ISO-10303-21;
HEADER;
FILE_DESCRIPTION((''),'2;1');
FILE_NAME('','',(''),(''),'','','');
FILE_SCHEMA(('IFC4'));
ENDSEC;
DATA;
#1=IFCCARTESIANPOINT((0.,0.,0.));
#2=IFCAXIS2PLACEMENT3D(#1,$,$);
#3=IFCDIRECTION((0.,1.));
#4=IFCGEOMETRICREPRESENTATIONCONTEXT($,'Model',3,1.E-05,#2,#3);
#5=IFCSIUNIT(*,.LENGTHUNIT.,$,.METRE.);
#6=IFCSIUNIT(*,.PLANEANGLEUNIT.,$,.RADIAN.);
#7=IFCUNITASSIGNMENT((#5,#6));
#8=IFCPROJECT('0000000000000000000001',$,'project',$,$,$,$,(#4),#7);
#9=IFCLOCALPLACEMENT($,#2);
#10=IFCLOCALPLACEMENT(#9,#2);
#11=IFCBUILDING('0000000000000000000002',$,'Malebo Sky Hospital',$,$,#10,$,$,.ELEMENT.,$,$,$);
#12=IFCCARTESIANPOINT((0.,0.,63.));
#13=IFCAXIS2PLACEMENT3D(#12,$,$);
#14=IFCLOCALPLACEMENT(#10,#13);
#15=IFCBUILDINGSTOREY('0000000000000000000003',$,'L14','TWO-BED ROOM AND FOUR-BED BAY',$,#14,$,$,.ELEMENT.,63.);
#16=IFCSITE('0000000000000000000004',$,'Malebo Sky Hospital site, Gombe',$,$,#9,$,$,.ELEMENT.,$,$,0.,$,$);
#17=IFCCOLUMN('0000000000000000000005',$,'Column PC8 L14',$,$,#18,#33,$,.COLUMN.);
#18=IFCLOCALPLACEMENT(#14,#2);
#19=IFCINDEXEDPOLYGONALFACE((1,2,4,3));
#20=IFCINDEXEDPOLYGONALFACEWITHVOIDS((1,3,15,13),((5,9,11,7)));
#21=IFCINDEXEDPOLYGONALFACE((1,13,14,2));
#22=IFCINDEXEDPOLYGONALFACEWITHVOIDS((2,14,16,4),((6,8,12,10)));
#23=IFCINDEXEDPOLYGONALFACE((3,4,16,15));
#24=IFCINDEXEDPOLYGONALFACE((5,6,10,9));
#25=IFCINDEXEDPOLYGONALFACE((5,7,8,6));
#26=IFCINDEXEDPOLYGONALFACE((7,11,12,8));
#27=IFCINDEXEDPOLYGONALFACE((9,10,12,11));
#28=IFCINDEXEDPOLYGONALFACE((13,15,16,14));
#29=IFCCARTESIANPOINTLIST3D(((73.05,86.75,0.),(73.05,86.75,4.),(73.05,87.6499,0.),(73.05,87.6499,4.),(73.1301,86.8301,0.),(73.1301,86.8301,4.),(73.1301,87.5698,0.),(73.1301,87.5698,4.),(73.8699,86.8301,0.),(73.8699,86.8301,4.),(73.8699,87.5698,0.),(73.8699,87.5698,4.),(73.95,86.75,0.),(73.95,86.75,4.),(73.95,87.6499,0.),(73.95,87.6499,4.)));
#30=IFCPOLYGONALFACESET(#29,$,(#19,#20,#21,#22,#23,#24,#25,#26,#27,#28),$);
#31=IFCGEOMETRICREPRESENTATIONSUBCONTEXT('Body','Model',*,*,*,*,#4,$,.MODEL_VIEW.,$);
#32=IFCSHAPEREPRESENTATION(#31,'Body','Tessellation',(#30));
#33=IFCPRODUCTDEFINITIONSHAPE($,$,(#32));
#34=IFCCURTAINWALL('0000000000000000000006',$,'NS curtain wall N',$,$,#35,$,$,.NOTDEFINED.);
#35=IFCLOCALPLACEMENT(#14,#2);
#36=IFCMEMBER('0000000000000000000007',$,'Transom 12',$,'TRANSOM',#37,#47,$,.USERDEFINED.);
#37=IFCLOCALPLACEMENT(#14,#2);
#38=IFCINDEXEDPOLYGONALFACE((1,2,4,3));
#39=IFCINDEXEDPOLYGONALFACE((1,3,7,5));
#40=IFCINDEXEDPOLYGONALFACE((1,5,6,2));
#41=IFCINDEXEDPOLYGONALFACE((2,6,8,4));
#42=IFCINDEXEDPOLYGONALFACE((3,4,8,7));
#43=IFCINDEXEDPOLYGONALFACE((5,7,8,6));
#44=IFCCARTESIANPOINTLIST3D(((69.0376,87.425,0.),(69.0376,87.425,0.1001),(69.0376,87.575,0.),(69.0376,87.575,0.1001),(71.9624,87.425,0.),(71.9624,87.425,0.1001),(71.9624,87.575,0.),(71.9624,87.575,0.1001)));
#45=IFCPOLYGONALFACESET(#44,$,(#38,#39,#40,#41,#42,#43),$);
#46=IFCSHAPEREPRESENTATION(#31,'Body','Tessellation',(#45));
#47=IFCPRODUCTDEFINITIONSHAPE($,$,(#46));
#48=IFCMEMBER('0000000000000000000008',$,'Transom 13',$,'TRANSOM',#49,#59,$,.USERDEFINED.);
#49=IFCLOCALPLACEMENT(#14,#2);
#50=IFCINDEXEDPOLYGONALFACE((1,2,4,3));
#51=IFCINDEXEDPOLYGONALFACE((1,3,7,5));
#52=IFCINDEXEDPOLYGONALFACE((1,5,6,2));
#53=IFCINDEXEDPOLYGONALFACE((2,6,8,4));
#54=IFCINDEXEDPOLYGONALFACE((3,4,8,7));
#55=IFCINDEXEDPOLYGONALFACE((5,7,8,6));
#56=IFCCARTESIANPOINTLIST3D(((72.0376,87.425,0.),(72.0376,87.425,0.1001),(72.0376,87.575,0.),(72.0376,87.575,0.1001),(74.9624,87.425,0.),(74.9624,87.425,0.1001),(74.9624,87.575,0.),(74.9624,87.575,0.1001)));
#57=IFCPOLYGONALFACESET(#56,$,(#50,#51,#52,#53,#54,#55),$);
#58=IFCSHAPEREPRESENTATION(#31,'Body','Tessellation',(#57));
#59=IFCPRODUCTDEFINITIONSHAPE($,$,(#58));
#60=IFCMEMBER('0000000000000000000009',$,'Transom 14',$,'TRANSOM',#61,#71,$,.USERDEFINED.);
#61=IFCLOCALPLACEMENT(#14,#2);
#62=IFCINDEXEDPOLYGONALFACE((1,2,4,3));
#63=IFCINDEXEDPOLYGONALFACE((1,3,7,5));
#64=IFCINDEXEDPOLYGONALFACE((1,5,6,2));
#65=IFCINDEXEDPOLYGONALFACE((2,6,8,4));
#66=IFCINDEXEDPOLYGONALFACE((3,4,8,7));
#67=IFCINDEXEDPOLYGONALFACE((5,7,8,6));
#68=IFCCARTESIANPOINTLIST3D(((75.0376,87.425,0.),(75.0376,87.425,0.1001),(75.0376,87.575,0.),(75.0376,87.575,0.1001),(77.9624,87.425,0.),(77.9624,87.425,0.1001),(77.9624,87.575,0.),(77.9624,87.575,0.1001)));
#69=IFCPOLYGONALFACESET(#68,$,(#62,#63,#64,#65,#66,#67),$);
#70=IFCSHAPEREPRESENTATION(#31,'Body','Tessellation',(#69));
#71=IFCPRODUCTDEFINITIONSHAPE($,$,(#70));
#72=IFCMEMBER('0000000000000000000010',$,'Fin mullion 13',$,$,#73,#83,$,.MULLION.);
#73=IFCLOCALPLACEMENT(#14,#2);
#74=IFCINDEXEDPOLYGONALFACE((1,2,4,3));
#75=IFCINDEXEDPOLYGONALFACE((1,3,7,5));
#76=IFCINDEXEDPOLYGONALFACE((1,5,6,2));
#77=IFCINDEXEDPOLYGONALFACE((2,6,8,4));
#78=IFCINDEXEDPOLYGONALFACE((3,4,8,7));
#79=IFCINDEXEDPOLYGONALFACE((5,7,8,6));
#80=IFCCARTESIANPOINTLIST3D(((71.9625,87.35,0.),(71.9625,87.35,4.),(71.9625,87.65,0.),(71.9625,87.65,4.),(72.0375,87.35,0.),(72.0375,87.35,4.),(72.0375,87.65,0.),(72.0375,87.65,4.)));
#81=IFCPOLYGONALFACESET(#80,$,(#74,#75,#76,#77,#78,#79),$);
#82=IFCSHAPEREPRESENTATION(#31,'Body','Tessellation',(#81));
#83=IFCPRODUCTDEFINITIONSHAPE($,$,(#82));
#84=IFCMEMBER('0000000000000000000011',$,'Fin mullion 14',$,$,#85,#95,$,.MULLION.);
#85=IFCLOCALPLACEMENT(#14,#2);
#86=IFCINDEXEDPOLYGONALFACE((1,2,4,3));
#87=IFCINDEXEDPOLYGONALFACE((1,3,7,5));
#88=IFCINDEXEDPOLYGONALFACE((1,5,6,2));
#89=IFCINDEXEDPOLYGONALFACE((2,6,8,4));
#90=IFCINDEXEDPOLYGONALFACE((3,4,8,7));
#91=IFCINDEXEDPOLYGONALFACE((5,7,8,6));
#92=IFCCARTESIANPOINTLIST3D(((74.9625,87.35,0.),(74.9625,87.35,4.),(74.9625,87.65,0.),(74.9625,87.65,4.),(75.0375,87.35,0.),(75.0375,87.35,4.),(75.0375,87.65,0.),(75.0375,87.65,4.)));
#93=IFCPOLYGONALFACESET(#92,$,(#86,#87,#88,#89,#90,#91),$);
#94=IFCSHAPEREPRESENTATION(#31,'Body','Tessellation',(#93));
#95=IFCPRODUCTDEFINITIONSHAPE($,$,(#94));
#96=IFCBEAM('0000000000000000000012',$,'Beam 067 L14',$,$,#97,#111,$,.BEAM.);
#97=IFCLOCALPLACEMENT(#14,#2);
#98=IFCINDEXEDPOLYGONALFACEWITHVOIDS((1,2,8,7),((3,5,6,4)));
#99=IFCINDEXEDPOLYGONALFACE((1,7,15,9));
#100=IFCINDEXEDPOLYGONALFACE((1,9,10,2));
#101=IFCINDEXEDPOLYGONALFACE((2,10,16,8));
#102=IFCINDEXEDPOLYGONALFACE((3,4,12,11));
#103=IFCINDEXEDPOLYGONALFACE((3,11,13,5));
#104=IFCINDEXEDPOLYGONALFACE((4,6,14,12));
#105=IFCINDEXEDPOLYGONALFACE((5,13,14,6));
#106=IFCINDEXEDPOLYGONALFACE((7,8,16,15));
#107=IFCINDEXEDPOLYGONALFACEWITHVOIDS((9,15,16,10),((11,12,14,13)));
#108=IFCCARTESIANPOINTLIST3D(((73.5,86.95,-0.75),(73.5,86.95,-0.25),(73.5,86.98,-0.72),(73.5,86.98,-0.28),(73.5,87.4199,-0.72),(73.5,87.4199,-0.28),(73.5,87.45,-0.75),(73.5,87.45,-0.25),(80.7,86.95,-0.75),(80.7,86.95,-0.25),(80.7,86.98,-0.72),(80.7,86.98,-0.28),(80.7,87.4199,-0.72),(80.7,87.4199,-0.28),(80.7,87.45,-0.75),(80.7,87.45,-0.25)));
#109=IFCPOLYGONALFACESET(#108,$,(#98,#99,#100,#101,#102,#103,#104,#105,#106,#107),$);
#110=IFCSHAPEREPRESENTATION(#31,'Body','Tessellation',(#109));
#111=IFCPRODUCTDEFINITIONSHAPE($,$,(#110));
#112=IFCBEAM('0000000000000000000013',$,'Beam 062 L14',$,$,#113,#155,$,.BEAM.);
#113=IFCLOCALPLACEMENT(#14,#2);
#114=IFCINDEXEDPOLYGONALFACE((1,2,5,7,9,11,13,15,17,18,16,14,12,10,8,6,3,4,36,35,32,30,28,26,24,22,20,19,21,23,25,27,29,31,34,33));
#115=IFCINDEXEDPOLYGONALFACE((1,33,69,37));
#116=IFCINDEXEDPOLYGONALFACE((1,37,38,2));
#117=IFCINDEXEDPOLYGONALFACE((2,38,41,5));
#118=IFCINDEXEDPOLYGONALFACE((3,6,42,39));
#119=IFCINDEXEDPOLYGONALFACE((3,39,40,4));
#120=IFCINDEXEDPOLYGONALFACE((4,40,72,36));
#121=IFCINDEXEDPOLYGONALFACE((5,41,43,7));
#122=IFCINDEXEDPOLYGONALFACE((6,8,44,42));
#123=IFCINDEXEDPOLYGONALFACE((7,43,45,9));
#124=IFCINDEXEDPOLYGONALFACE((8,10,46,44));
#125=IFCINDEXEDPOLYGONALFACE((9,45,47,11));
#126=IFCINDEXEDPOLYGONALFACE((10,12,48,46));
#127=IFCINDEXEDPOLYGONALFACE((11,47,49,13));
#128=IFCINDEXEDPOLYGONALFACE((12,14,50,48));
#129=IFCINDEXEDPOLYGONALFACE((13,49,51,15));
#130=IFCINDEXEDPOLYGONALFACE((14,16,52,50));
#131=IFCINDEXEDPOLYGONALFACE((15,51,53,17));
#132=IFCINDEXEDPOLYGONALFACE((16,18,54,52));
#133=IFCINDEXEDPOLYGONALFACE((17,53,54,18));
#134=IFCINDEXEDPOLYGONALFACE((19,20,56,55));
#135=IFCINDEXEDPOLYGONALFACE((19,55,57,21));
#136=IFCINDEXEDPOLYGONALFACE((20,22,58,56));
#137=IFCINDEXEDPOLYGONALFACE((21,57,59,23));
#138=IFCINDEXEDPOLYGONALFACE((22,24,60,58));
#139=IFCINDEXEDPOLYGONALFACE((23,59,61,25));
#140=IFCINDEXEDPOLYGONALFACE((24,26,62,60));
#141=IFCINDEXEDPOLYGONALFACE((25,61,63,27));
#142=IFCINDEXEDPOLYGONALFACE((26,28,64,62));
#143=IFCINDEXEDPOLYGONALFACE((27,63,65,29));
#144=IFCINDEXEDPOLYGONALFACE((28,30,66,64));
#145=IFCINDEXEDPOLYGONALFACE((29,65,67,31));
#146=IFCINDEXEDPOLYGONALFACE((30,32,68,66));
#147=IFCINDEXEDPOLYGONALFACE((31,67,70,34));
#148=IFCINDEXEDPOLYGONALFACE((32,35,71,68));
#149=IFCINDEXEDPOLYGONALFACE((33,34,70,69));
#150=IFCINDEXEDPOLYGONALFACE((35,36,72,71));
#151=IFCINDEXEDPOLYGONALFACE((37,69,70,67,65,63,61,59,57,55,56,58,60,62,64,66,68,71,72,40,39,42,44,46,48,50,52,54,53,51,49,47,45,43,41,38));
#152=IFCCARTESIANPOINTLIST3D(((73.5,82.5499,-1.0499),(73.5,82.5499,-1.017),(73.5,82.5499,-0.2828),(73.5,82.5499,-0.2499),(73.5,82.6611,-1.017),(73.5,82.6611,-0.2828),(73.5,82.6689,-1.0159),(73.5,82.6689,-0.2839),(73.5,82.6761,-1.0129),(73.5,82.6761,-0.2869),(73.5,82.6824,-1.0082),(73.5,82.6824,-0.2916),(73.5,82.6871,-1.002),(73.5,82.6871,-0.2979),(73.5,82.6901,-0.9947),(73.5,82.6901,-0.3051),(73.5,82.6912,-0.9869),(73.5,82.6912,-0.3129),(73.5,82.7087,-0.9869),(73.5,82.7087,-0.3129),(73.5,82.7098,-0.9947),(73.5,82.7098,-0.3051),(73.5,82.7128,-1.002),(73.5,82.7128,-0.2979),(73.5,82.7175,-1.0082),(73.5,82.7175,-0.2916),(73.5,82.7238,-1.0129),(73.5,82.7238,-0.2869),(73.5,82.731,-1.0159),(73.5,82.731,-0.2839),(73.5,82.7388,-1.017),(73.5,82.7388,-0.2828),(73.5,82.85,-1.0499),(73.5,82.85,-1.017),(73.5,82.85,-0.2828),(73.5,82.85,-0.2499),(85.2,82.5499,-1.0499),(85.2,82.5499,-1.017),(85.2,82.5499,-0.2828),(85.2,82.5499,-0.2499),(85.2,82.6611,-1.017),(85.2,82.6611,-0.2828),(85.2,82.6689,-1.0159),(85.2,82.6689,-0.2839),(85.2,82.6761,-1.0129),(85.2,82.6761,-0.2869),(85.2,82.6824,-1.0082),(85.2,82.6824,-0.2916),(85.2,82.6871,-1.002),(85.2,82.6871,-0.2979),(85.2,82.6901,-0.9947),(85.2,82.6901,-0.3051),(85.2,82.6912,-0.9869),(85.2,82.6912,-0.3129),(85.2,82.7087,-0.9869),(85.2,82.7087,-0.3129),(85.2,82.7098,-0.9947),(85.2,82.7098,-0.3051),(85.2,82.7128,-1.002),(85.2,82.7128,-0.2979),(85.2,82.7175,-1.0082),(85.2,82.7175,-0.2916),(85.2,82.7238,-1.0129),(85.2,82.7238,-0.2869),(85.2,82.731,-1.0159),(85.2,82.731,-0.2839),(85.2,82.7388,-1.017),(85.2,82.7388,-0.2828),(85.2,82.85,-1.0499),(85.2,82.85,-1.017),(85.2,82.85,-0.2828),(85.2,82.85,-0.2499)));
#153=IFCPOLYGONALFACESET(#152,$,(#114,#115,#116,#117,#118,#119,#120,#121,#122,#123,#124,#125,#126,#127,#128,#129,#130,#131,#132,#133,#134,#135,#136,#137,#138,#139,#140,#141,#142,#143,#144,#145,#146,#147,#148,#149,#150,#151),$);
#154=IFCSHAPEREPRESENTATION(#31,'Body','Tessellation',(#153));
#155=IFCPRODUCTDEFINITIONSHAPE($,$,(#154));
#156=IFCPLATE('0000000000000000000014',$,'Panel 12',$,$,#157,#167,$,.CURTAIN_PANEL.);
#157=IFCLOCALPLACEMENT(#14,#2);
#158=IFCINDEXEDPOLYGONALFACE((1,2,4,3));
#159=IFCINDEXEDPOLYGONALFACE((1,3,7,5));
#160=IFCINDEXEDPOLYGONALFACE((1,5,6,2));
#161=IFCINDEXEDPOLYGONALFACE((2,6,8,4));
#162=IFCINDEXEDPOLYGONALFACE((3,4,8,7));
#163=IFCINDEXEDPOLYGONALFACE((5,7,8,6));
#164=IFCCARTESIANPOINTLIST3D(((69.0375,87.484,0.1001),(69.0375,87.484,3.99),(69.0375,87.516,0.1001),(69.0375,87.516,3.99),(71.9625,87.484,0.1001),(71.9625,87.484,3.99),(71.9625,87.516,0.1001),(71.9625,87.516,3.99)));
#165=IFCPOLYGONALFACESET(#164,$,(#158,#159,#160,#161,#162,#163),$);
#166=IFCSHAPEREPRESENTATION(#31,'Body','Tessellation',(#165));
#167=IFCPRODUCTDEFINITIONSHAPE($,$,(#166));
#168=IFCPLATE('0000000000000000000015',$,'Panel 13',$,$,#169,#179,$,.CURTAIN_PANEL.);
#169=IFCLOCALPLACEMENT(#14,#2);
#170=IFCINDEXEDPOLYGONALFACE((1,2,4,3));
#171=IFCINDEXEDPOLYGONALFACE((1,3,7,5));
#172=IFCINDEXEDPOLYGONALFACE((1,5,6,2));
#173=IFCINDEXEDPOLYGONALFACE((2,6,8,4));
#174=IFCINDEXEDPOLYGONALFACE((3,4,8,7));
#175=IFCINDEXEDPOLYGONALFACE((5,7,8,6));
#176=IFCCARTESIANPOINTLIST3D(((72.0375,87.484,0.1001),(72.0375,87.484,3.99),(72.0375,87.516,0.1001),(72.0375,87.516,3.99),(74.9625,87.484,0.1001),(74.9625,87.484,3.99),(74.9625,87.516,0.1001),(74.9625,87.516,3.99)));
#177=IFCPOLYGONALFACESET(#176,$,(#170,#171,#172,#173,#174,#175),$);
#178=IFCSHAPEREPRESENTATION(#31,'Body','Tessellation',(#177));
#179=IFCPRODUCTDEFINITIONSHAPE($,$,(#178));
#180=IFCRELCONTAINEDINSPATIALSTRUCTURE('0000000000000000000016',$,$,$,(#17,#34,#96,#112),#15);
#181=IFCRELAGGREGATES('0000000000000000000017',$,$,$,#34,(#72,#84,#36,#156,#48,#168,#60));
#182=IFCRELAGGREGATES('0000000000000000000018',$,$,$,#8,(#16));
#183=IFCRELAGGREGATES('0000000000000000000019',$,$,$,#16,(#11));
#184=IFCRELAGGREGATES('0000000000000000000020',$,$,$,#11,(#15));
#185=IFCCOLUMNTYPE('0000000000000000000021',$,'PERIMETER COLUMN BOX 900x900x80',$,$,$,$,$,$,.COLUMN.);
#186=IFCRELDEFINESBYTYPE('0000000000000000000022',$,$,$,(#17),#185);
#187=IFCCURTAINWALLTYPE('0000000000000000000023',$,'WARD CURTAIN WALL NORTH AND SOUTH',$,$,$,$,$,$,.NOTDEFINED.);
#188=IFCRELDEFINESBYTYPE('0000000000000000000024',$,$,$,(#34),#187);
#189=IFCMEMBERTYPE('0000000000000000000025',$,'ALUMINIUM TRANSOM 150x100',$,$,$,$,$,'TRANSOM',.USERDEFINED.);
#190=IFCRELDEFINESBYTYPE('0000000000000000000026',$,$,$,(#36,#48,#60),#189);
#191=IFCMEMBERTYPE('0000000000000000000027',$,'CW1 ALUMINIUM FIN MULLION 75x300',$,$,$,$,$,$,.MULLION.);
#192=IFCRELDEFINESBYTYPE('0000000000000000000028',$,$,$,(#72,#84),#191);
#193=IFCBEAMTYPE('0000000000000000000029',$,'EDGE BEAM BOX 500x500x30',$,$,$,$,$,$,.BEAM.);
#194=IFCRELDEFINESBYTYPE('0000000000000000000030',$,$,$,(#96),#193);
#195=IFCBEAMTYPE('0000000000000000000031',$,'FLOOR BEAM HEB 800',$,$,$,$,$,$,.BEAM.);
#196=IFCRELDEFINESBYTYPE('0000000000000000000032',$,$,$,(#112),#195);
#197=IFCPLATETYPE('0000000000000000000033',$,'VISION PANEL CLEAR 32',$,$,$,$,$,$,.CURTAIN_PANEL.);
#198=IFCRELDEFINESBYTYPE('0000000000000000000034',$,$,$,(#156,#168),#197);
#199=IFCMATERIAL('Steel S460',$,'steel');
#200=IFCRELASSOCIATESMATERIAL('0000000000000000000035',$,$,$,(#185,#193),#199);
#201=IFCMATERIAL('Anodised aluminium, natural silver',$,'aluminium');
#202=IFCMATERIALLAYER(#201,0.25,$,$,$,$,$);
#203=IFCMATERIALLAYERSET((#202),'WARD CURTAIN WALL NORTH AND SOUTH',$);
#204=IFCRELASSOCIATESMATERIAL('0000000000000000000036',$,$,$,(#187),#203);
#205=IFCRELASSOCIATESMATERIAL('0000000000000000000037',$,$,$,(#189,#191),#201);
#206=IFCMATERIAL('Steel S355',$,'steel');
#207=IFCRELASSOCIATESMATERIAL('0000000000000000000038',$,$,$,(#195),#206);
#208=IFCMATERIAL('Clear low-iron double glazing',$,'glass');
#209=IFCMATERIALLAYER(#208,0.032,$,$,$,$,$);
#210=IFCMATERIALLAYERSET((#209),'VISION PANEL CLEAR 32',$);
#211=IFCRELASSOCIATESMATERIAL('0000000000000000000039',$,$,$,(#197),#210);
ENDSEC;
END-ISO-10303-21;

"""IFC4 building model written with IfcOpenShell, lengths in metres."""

from ifc_helpers import new_model, si_unit, direction, frame, origin, origin_2d, place, context, subcontext, project, spatial, rectangle, hollow_rectangle, i_section, extrude, material, layer, layer_set, material_profile, profile_set, type_object, element, aggregate, save


model = new_model("IFC4")

# Units and contexts
model_context = context("Model", 3, precision=1e-05, world=origin(), true_north=direction((0.0, 1.0)))
body_context = subcontext(model_context, "Body", "Model", "MODEL_VIEW")
ifc_project = project(units=[si_unit("LENGTHUNIT", "METRE"), si_unit("PLANEANGLEUNIT", "RADIAN")], contexts=[model_context])

# Site, building, storey
site_placement = place(None, origin())
site = spatial("IfcSite", under=ifc_project, at=site_placement, Name="Malebo Sky Hospital site, Gombe", CompositionType="ELEMENT", RefElevation=0.0)
building_placement = place(site_placement, origin())
building = spatial("IfcBuilding", under=site, at=building_placement, Name="Malebo Sky Hospital", CompositionType="ELEMENT")
storey_placement = place(building_placement, frame((0.0, 0.0, 63.0)))
storey = spatial("IfcBuildingStorey", under=building, at=storey_placement, Name="L14", Description="TWO-BED ROOM AND FOUR-BED BAY", CompositionType="ELEMENT", Elevation=63.0)

# Column
ifc_material_1 = material(Name="Steel S460", Category="steel")
ifc_material_profile_1 = material_profile(ifc_material_1, hollow_rectangle(XDim=0.8999, YDim=0.8999, WallThickness=0.0801, at=origin_2d()), Name="BOX 900x900x80")
ifc_profile_set_1 = profile_set([ifc_material_profile_1], Name="Steel S460")
column_type = type_object("IfcColumnType", Name="PERIMETER COLUMN BOX 900x900x80", PredefinedType="COLUMN", material=ifc_profile_set_1)
column_placement = place(storey_placement, frame((73.5, 87.2, 0.0), z_axis=(0.0, 0.0, 1.0), x_axis=(1.0, 0.0, 0.0)))
element("IfcColumn", 1, at=column_placement, inside=storey, type_object=column_type, Name="Column PC8 L14", PredefinedType="COLUMN", context=body_context, shape_type="SweptSolid", body=[
    extrude(hollow_rectangle(XDim=0.8999, YDim=0.8999, WallThickness=0.0801, at=origin_2d()), origin(), (0.0, 0.0, 1.0), 4.0),
])

# Curtain wall, members
ifc_material_2 = material(Name="Anodised aluminium, natural silver", Category="aluminium")
ifc_layer_1 = layer(ifc_material_2, 0.25)
ifc_layer_set_1 = layer_set([ifc_layer_1], Name="WARD CURTAIN WALL NORTH AND SOUTH")
curtain_wall_type = type_object("IfcCurtainWallType", Name="WARD CURTAIN WALL NORTH AND SOUTH", PredefinedType="NOTDEFINED", material=ifc_layer_set_1)
curtain_wall_placement = place(storey_placement, origin())
curtain_wall = element("IfcCurtainWall", 2, at=curtain_wall_placement, inside=storey, type_object=curtain_wall_type, Name="NS curtain wall N", PredefinedType="NOTDEFINED")
ifc_material_profile_2 = material_profile(ifc_material_2, rectangle(XDim=0.1499, YDim=0.1001, at=origin_2d()), Name="ALUMINIUM TRANSOM 150x100")
ifc_profile_set_2 = profile_set([ifc_material_profile_2], Name="Anodised aluminium, natural silver")
member_type_1 = type_object("IfcMemberType", Name="ALUMINIUM TRANSOM 150x100", ElementType="TRANSOM", PredefinedType="USERDEFINED", material=ifc_profile_set_2)
member_1_placement = place(storey_placement, frame((69.0376, 87.5, 0.05), z_axis=(1.0, 0.0, 0.0), x_axis=(0.0, 1.0, 0.0)))
member_1 = element("IfcMember", 3, at=member_1_placement, type_object=member_type_1, Name="Transom 12", ObjectType="TRANSOM", PredefinedType="USERDEFINED", context=body_context, shape_type="SweptSolid", body=[
    extrude(rectangle(XDim=0.1499, YDim=0.1001, at=origin_2d()), origin(), (0.0, 0.0, 1.0), 2.9248),
])
member_2_placement = place(storey_placement, frame((72.0376, 87.5, 0.05), z_axis=(1.0, 0.0, 0.0), x_axis=(0.0, 1.0, 0.0)))
member_2 = element("IfcMember", 4, at=member_2_placement, type_object=member_type_1, Name="Transom 13", ObjectType="TRANSOM", PredefinedType="USERDEFINED", context=body_context, shape_type="SweptSolid", body=[
    extrude(rectangle(XDim=0.1499, YDim=0.1001, at=origin_2d()), origin(), (0.0, 0.0, 1.0), 2.9248),
])
member_3_placement = place(storey_placement, frame((75.0376, 87.5, 0.05), z_axis=(1.0, 0.0, 0.0), x_axis=(0.0, 1.0, 0.0)))
member_3 = element("IfcMember", 5, at=member_3_placement, type_object=member_type_1, Name="Transom 14", ObjectType="TRANSOM", PredefinedType="USERDEFINED", context=body_context, shape_type="SweptSolid", body=[
    extrude(rectangle(XDim=0.1499, YDim=0.1001, at=origin_2d()), origin(), (0.0, 0.0, 1.0), 2.9248),
])
ifc_material_profile_3 = material_profile(ifc_material_2, rectangle(XDim=0.075, YDim=0.3, at=origin_2d()), Name="CW1 ALUMINIUM FIN MULLION 75x300")
ifc_profile_set_3 = profile_set([ifc_material_profile_3], Name="Anodised aluminium, natural silver")
member_type_2 = type_object("IfcMemberType", Name="CW1 ALUMINIUM FIN MULLION 75x300", PredefinedType="MULLION", material=ifc_profile_set_3)
member_4_placement = place(storey_placement, frame((72.0, 87.5, 0.0), z_axis=(0.0, 0.0, 1.0), x_axis=(1.0, 0.0, 0.0)))
member_4 = element("IfcMember", 6, at=member_4_placement, type_object=member_type_2, Name="Fin mullion 13", PredefinedType="MULLION", context=body_context, shape_type="SweptSolid", body=[
    extrude(rectangle(XDim=0.075, YDim=0.3, at=origin_2d()), origin(), (0.0, 0.0, 1.0), 4.0),
])
member_5_placement = place(storey_placement, frame((75.0, 87.5, 0.0), z_axis=(0.0, 0.0, 1.0), x_axis=(1.0, 0.0, 0.0)))
member_5 = element("IfcMember", 7, at=member_5_placement, type_object=member_type_2, Name="Fin mullion 14", PredefinedType="MULLION", context=body_context, shape_type="SweptSolid", body=[
    extrude(rectangle(XDim=0.075, YDim=0.3, at=origin_2d()), origin(), (0.0, 0.0, 1.0), 4.0),
])

# Beams
ifc_material_profile_4 = material_profile(ifc_material_1, hollow_rectangle(XDim=0.5, YDim=0.5, WallThickness=0.03, at=origin_2d()), Name="BOX 500x500x30")
ifc_profile_set_4 = profile_set([ifc_material_profile_4], Name="Steel S460")
beam_type_1 = type_object("IfcBeamType", Name="EDGE BEAM BOX 500x500x30", PredefinedType="BEAM", material=ifc_profile_set_4)
beam_1_placement = place(storey_placement, frame((73.5, 87.2, -0.5), z_axis=(1.0, 0.0, 0.0), x_axis=(0.0, 1.0, 0.0)))
element("IfcBeam", 8, at=beam_1_placement, inside=storey, type_object=beam_type_1, Name="Beam 067 L14", PredefinedType="BEAM", context=body_context, shape_type="SweptSolid", body=[
    extrude(hollow_rectangle(XDim=0.5, YDim=0.5, WallThickness=0.03, at=origin_2d()), origin(), (0.0, 0.0, 1.0), 7.2),
])
ifc_material_3 = material(Name="Steel S355", Category="steel")
ifc_material_profile_5 = material_profile(ifc_material_3, i_section(OverallWidth=0.3, OverallDepth=0.8, WebThickness=0.0176, FlangeThickness=0.033, FilletRadius=0.03, at=origin_2d()), Name="HEB 800")
ifc_profile_set_5 = profile_set([ifc_material_profile_5], Name="Steel S355")
beam_type_2 = type_object("IfcBeamType", Name="FLOOR BEAM HEB 800", PredefinedType="BEAM", material=ifc_profile_set_5)
beam_2_placement = place(storey_placement, frame((73.5, 82.7, -0.6499), z_axis=(1.0, 0.0, 0.0), x_axis=(0.0, 1.0, 0.0)))
element("IfcBeam", 9, at=beam_2_placement, inside=storey, type_object=beam_type_2, Name="Beam 062 L14", PredefinedType="BEAM", context=body_context, shape_type="SweptSolid", body=[
    extrude(i_section(OverallWidth=0.3, OverallDepth=0.8, WebThickness=0.0176, FlangeThickness=0.033, FilletRadius=0.03, at=origin_2d()), origin(), (0.0, 0.0, 1.0), 11.7),
])

# Plates
ifc_material_4 = material(Name="Clear low-iron double glazing", Category="glass")
ifc_layer_2 = layer(ifc_material_4, 0.032)
ifc_layer_set_2 = layer_set([ifc_layer_2], Name="VISION PANEL CLEAR 32")
plate_type = type_object("IfcPlateType", Name="VISION PANEL CLEAR 32", PredefinedType="CURTAIN_PANEL", material=ifc_layer_set_2)
plate_1_placement = place(storey_placement, frame((70.5, 87.5, 0.1001), z_axis=(0.0, 0.0, 1.0), x_axis=(1.0, 0.0, 0.0)))
plate_1 = element("IfcPlate", 10, at=plate_1_placement, type_object=plate_type, Name="Panel 12", PredefinedType="CURTAIN_PANEL", context=body_context, shape_type="SweptSolid", body=[
    extrude(rectangle(XDim=2.925, YDim=0.032, at=origin_2d()), origin(), (0.0, 0.0, 1.0), 3.8899),
])
plate_2_placement = place(storey_placement, frame((73.5, 87.5, 0.1001), z_axis=(0.0, 0.0, 1.0), x_axis=(1.0, 0.0, 0.0)))
plate_2 = element("IfcPlate", 11, at=plate_2_placement, type_object=plate_type, Name="Panel 13", PredefinedType="CURTAIN_PANEL", context=body_context, shape_type="SweptSolid", body=[
    extrude(rectangle(XDim=2.925, YDim=0.032, at=origin_2d()), origin(), (0.0, 0.0, 1.0), 3.8899),
])
aggregate(curtain_wall, [member_4, member_5, member_1, plate_1, member_2, plate_2, member_3])

save(model, "model.ifc")
